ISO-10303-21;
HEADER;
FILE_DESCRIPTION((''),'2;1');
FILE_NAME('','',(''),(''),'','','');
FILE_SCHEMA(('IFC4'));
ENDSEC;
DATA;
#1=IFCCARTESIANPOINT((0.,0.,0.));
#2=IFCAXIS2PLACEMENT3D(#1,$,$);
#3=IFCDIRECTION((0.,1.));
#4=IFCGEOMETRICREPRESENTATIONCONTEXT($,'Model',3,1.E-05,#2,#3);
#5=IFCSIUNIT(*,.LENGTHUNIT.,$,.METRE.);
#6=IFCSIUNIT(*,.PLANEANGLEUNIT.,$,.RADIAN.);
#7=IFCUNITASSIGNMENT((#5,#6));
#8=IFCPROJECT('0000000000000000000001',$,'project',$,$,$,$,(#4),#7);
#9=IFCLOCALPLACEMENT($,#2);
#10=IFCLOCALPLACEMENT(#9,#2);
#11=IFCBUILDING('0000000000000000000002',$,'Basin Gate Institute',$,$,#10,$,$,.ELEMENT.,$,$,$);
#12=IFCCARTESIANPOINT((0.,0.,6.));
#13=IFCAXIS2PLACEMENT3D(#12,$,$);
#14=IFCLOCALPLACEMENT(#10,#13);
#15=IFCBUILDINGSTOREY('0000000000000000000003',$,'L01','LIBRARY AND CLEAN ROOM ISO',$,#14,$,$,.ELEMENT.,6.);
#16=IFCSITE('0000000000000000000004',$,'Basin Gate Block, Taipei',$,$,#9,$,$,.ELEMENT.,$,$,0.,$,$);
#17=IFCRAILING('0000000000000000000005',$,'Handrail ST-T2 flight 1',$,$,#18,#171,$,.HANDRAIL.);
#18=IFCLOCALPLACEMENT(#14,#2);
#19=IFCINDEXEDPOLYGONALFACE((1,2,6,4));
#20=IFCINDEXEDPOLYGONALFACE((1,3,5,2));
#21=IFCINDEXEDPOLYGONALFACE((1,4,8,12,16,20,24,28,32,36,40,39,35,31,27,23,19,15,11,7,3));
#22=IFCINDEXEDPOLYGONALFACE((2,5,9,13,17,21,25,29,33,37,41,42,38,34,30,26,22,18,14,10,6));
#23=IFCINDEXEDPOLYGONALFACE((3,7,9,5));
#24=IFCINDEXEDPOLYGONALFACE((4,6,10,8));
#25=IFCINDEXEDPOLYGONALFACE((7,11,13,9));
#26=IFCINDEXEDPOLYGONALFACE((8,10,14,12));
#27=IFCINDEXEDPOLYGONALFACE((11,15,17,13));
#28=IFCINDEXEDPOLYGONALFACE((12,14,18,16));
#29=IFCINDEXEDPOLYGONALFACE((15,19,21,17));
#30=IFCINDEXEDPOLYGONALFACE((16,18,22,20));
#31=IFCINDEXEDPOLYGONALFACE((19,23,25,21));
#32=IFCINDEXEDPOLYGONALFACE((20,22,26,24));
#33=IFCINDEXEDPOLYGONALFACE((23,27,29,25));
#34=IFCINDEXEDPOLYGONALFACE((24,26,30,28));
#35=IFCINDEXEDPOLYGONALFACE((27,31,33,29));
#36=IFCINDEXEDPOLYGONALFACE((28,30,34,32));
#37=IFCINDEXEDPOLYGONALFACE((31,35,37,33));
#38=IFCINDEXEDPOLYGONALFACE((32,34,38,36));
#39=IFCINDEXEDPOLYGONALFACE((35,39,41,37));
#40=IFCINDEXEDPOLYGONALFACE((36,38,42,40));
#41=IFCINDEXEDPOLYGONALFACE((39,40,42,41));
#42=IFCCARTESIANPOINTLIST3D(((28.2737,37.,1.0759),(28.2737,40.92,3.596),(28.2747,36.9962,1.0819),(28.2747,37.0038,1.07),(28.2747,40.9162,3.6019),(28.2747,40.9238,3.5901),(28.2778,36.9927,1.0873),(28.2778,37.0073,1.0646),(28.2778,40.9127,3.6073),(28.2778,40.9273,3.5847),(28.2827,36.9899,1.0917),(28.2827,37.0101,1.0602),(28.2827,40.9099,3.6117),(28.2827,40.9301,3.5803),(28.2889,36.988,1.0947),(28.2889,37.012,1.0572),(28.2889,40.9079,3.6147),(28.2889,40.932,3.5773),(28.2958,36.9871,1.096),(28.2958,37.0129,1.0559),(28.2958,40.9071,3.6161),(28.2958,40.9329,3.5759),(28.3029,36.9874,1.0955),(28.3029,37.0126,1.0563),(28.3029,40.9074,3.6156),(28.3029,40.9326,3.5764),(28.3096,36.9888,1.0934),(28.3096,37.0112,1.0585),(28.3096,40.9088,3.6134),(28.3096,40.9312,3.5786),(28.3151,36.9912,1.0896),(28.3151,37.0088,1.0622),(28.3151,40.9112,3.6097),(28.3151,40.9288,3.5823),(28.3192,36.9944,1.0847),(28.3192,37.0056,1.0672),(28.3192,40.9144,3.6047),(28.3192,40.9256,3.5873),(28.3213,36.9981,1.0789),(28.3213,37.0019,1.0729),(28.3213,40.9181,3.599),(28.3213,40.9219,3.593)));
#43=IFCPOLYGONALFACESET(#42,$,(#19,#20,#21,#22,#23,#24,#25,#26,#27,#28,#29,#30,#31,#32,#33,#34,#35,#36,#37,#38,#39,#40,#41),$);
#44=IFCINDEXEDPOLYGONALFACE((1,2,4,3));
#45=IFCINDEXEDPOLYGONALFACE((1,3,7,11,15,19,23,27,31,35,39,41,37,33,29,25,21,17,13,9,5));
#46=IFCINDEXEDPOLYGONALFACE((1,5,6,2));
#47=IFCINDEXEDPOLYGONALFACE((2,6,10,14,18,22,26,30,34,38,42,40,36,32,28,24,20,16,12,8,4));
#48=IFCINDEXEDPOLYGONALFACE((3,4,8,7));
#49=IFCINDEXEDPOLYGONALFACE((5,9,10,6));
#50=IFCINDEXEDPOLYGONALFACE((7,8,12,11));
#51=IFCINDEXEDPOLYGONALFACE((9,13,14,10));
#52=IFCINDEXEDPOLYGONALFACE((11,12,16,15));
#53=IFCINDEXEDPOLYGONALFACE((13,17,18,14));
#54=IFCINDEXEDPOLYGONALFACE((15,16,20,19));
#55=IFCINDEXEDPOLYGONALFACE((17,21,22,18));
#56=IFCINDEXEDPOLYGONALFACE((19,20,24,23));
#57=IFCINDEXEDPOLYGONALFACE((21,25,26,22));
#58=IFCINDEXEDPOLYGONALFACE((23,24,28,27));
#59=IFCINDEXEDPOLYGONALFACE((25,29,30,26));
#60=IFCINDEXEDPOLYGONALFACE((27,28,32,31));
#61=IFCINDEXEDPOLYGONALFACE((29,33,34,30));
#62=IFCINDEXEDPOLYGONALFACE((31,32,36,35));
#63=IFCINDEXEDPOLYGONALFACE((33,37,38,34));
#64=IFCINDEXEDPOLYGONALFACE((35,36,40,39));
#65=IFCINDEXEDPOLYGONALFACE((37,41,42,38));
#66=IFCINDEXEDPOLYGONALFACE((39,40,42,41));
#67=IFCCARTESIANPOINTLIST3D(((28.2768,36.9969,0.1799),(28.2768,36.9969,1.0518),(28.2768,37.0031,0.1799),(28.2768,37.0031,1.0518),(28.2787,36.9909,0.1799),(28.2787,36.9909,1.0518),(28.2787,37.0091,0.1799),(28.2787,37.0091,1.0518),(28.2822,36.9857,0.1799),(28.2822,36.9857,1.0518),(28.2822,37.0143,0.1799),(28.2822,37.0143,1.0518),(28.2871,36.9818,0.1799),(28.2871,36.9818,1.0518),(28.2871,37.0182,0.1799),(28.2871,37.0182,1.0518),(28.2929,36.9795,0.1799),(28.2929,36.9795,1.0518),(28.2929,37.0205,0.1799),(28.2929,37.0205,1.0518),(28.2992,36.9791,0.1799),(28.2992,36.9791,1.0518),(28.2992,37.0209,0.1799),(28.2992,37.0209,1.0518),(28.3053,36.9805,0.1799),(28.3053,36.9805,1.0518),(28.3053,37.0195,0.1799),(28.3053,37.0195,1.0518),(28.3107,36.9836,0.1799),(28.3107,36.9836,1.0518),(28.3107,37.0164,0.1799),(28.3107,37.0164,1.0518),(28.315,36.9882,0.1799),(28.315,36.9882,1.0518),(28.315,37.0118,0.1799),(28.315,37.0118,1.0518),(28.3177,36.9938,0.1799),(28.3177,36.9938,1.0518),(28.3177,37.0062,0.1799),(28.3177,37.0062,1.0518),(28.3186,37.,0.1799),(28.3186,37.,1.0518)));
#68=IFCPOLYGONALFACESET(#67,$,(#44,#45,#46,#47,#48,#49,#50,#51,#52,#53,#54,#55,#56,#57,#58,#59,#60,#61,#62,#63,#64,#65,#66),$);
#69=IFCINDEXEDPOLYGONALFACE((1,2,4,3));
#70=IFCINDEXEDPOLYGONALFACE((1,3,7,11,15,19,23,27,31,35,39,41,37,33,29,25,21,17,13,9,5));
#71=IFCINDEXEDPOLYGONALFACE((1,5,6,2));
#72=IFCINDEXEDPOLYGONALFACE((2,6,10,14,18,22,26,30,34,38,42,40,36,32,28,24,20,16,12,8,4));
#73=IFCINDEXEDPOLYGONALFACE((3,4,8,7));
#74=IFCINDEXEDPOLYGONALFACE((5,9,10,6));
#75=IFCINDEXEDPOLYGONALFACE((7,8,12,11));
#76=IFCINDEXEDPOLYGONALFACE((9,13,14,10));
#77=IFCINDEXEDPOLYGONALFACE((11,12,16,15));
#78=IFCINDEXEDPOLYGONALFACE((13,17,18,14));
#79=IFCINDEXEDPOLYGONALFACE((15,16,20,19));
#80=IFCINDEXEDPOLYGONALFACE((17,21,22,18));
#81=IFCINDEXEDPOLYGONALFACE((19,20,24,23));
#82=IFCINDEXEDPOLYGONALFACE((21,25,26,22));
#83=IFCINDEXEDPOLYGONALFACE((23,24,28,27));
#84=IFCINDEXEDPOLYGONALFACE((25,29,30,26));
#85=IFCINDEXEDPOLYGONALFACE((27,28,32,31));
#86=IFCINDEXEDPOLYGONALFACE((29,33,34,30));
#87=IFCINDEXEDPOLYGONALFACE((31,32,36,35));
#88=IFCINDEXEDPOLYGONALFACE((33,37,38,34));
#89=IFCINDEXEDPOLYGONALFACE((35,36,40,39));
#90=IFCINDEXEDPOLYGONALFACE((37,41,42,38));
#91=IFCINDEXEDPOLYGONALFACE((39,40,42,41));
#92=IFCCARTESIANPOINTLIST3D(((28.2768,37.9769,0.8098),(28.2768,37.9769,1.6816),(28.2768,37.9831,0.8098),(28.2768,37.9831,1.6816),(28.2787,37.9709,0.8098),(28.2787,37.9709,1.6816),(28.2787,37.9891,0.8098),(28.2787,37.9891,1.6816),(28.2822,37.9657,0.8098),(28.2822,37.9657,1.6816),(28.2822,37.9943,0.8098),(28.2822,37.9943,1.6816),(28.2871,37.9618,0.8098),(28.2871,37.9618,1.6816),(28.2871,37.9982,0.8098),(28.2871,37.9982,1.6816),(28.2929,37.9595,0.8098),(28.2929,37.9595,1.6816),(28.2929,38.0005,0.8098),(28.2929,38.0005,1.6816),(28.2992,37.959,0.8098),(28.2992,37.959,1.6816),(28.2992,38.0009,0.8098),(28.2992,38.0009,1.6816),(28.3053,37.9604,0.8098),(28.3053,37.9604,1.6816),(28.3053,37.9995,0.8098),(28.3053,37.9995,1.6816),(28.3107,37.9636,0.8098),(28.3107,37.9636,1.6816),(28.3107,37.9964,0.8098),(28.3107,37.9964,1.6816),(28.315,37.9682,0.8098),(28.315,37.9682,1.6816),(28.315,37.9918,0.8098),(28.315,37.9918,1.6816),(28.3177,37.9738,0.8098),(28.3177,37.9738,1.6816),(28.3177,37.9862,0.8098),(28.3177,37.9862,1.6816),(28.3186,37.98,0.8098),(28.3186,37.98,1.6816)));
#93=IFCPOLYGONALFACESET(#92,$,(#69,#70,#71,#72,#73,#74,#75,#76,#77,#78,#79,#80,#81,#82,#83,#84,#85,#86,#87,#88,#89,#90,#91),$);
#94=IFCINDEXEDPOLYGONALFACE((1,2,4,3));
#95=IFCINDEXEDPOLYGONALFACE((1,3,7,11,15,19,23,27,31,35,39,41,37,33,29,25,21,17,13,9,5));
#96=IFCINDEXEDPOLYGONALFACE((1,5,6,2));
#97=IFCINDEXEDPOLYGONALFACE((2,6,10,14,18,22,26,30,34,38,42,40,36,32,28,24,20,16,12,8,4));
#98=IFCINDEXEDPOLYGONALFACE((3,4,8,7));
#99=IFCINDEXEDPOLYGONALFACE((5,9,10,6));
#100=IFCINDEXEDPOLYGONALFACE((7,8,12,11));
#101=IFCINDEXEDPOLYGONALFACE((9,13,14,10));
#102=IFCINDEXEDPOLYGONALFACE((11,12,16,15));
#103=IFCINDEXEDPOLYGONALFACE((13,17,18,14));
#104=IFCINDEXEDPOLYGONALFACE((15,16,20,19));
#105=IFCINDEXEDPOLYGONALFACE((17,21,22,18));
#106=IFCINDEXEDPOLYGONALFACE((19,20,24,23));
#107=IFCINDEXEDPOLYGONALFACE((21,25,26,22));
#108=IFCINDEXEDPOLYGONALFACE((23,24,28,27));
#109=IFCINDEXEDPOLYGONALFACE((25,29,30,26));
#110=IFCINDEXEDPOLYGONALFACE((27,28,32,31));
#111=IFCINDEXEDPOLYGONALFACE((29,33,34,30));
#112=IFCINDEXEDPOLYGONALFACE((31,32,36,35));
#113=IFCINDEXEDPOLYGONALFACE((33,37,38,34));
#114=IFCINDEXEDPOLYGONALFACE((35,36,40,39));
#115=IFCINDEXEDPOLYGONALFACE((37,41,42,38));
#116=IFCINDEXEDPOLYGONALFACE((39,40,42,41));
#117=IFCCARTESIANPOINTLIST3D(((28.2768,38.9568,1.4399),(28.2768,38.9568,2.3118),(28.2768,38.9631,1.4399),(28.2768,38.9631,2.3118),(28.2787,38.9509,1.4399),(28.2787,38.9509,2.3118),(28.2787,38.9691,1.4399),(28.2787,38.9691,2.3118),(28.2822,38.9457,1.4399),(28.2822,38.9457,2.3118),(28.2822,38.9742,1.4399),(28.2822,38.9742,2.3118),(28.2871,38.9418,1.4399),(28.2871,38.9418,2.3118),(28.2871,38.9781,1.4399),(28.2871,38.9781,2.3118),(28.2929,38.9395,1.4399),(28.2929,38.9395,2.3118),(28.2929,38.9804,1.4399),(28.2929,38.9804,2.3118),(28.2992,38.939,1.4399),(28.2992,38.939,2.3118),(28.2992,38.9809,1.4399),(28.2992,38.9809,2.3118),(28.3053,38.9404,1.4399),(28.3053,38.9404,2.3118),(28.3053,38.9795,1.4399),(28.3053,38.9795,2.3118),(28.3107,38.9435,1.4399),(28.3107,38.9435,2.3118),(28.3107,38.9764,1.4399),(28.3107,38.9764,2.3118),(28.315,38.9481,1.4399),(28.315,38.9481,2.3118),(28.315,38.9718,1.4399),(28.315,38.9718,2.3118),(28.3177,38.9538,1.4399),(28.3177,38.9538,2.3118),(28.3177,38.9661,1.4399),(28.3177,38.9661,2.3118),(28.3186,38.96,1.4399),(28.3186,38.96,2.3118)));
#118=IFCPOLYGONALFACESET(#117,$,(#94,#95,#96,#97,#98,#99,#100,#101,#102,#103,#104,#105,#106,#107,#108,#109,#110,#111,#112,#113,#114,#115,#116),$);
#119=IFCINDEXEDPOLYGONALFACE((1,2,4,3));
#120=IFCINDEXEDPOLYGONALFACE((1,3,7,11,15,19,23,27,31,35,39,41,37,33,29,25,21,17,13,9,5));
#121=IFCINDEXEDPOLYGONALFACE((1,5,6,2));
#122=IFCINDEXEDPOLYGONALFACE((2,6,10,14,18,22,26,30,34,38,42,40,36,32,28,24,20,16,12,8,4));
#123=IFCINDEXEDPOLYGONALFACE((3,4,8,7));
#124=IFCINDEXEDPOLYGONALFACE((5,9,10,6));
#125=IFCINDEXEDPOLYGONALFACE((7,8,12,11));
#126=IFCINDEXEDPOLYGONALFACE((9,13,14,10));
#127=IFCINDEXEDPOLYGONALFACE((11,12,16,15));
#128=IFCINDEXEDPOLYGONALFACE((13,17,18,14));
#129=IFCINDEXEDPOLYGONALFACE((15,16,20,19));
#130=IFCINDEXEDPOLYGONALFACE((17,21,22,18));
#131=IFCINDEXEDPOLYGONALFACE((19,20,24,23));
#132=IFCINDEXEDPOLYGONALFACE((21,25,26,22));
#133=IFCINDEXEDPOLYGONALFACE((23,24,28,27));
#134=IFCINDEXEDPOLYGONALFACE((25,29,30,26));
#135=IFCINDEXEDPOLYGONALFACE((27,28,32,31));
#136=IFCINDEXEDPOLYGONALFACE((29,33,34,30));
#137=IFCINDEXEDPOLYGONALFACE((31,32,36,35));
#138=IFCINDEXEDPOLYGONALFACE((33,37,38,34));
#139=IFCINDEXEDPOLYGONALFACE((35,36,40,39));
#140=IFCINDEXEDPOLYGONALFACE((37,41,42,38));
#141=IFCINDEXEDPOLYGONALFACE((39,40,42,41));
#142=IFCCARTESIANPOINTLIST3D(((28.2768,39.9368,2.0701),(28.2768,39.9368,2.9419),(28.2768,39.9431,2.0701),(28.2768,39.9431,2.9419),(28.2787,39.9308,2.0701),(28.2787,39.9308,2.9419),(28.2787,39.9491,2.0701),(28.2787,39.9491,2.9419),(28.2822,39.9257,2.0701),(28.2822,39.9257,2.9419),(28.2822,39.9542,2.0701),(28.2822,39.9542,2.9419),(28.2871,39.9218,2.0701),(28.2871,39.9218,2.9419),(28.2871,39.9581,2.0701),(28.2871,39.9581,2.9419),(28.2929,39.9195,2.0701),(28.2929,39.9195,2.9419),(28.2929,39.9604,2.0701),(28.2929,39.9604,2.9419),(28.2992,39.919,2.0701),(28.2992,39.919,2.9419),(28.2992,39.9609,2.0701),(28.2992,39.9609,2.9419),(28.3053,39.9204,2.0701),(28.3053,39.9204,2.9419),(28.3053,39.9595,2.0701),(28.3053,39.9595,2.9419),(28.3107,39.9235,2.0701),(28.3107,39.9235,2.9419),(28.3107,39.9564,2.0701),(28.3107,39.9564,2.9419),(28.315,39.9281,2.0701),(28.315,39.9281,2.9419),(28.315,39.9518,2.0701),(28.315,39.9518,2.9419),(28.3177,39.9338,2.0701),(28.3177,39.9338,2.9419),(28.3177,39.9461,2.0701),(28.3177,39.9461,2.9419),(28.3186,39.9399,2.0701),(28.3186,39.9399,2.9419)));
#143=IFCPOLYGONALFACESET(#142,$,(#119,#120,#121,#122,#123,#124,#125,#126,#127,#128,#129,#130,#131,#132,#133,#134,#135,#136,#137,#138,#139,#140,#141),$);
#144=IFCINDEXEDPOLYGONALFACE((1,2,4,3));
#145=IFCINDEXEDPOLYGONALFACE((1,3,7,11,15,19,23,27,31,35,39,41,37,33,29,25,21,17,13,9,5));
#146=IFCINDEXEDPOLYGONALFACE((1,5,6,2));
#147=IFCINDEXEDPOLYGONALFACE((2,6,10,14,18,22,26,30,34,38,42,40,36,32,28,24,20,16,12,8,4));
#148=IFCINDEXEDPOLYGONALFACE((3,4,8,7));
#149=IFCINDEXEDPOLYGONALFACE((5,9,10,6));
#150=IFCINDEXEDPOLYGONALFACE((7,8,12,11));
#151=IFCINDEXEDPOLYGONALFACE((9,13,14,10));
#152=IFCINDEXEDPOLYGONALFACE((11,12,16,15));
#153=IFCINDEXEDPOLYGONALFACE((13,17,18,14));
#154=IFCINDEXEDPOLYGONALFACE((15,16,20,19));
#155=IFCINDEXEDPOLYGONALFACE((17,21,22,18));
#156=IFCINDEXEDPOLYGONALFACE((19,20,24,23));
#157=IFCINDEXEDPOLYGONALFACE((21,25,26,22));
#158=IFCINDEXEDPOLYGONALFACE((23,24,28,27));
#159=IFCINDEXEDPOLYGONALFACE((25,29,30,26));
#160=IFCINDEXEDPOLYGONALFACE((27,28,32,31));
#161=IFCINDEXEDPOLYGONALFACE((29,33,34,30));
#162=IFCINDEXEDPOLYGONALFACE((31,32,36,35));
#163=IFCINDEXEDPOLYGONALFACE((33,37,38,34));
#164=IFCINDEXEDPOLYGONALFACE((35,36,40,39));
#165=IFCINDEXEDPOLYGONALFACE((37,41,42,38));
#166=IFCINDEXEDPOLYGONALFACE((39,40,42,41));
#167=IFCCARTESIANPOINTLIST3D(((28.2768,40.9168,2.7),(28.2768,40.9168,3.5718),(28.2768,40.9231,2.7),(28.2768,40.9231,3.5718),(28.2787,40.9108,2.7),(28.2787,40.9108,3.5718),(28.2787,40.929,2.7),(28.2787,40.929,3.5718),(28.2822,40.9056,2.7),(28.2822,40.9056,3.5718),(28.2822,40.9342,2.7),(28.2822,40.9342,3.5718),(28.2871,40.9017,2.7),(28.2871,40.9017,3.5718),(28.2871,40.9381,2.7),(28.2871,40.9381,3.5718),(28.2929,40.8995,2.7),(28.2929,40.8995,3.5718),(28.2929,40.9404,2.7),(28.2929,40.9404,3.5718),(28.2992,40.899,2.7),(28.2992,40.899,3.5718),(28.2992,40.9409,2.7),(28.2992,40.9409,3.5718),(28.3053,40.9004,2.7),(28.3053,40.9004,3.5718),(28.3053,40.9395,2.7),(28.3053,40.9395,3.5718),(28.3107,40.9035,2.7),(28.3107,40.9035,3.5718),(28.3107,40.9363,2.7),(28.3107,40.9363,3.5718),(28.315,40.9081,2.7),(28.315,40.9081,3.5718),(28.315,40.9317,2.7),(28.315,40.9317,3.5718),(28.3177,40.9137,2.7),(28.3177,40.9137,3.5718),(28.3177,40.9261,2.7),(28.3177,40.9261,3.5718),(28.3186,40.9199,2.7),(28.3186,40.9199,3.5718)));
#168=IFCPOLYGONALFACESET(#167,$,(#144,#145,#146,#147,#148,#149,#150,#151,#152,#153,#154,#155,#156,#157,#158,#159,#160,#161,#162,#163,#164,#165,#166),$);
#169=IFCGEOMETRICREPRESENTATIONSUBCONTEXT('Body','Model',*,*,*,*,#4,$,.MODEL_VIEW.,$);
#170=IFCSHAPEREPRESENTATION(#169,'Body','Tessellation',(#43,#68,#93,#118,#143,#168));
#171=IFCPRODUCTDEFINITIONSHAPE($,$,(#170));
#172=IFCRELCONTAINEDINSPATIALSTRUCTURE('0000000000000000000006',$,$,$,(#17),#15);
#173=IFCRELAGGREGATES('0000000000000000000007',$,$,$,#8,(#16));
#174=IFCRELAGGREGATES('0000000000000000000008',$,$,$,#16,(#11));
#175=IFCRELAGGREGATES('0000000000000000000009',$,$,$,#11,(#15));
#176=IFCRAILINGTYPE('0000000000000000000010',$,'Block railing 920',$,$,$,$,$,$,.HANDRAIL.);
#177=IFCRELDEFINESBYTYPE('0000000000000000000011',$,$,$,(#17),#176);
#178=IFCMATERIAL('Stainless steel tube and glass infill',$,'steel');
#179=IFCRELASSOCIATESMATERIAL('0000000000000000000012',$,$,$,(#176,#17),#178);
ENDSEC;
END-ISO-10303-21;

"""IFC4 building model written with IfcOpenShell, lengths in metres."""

from ifc_helpers import new_model, si_unit, direction, frame, origin, origin_2d, place, context, subcontext, project, spatial, circle, extrude, material, type_object, element, save


model = new_model("IFC4")

# Units and contexts
model_context = context("Model", 3, precision=1e-05, world=origin(), true_north=direction((0.0, 1.0)))
body_context = subcontext(model_context, "Body", "Model", "MODEL_VIEW")
ifc_project = project(units=[si_unit("LENGTHUNIT", "METRE"), si_unit("PLANEANGLEUNIT", "RADIAN")], contexts=[model_context])

# Site, building, storey
site_placement = place(None, origin())
site = spatial("IfcSite", under=ifc_project, at=site_placement, Name="Basin Gate Block, Taipei", CompositionType="ELEMENT", RefElevation=0.0)
building_placement = place(site_placement, origin())
building = spatial("IfcBuilding", under=site, at=building_placement, Name="Basin Gate Institute", CompositionType="ELEMENT")
storey_placement = place(building_placement, frame((0.0, 0.0, 6.0)))
storey = spatial("IfcBuildingStorey", under=building, at=storey_placement, Name="L01", Description="LIBRARY AND CLEAN ROOM ISO", CompositionType="ELEMENT", Elevation=6.0)

# Railing
ifc_material_1 = material(Name="Stainless steel tube and glass infill", Category="steel")
railing_type_1 = type_object("IfcRailingType", Name="Block railing 920", PredefinedType="HANDRAIL", material=ifc_material_1)
for number, where, name in (
    (1, (28.2976, 37.0, 0.1799), "Handrail ST-T2 flight 1"),
):
    element("IfcRailing", number, at=place(storey_placement, frame(where)), inside=storey, type_object=railing_type_1, material=ifc_material_1, Name=name, PredefinedType="HANDRAIL", context=body_context, shape_type="SweptSolid", body=[
        extrude(circle(Radius=0.0239, at=origin_2d()), frame((0.0, 0.0, 0.896), z_axis=(0.0, 0.841172, 0.540768), x_axis=(-1.0, 0.0, 0.0)), (0.0, 0.0, 1.0), 4.6602),
        extrude(circle(Radius=0.021, at=origin_2d()), origin(), (0.0, 0.0, 1.0), 0.8718),
        extrude(circle(Radius=0.021, at=origin_2d()), frame((0.0, 0.98, 0.6299)), (0.0, 0.0, 1.0), 0.8718),
        extrude(circle(Radius=0.021, at=origin_2d()), frame((0.0, 1.96, 1.26)), (0.0, 0.0, 1.0), 0.8718),
        extrude(circle(Radius=0.021, at=origin_2d()), frame((0.0, 2.9399, 1.8901)), (0.0, 0.0, 1.0), 0.8718),
        extrude(circle(Radius=0.021, at=origin_2d()), frame((0.0, 3.9199, 2.52)), (0.0, 0.0, 1.0), 0.8718),
    ])

save(model, "model.ifc")
